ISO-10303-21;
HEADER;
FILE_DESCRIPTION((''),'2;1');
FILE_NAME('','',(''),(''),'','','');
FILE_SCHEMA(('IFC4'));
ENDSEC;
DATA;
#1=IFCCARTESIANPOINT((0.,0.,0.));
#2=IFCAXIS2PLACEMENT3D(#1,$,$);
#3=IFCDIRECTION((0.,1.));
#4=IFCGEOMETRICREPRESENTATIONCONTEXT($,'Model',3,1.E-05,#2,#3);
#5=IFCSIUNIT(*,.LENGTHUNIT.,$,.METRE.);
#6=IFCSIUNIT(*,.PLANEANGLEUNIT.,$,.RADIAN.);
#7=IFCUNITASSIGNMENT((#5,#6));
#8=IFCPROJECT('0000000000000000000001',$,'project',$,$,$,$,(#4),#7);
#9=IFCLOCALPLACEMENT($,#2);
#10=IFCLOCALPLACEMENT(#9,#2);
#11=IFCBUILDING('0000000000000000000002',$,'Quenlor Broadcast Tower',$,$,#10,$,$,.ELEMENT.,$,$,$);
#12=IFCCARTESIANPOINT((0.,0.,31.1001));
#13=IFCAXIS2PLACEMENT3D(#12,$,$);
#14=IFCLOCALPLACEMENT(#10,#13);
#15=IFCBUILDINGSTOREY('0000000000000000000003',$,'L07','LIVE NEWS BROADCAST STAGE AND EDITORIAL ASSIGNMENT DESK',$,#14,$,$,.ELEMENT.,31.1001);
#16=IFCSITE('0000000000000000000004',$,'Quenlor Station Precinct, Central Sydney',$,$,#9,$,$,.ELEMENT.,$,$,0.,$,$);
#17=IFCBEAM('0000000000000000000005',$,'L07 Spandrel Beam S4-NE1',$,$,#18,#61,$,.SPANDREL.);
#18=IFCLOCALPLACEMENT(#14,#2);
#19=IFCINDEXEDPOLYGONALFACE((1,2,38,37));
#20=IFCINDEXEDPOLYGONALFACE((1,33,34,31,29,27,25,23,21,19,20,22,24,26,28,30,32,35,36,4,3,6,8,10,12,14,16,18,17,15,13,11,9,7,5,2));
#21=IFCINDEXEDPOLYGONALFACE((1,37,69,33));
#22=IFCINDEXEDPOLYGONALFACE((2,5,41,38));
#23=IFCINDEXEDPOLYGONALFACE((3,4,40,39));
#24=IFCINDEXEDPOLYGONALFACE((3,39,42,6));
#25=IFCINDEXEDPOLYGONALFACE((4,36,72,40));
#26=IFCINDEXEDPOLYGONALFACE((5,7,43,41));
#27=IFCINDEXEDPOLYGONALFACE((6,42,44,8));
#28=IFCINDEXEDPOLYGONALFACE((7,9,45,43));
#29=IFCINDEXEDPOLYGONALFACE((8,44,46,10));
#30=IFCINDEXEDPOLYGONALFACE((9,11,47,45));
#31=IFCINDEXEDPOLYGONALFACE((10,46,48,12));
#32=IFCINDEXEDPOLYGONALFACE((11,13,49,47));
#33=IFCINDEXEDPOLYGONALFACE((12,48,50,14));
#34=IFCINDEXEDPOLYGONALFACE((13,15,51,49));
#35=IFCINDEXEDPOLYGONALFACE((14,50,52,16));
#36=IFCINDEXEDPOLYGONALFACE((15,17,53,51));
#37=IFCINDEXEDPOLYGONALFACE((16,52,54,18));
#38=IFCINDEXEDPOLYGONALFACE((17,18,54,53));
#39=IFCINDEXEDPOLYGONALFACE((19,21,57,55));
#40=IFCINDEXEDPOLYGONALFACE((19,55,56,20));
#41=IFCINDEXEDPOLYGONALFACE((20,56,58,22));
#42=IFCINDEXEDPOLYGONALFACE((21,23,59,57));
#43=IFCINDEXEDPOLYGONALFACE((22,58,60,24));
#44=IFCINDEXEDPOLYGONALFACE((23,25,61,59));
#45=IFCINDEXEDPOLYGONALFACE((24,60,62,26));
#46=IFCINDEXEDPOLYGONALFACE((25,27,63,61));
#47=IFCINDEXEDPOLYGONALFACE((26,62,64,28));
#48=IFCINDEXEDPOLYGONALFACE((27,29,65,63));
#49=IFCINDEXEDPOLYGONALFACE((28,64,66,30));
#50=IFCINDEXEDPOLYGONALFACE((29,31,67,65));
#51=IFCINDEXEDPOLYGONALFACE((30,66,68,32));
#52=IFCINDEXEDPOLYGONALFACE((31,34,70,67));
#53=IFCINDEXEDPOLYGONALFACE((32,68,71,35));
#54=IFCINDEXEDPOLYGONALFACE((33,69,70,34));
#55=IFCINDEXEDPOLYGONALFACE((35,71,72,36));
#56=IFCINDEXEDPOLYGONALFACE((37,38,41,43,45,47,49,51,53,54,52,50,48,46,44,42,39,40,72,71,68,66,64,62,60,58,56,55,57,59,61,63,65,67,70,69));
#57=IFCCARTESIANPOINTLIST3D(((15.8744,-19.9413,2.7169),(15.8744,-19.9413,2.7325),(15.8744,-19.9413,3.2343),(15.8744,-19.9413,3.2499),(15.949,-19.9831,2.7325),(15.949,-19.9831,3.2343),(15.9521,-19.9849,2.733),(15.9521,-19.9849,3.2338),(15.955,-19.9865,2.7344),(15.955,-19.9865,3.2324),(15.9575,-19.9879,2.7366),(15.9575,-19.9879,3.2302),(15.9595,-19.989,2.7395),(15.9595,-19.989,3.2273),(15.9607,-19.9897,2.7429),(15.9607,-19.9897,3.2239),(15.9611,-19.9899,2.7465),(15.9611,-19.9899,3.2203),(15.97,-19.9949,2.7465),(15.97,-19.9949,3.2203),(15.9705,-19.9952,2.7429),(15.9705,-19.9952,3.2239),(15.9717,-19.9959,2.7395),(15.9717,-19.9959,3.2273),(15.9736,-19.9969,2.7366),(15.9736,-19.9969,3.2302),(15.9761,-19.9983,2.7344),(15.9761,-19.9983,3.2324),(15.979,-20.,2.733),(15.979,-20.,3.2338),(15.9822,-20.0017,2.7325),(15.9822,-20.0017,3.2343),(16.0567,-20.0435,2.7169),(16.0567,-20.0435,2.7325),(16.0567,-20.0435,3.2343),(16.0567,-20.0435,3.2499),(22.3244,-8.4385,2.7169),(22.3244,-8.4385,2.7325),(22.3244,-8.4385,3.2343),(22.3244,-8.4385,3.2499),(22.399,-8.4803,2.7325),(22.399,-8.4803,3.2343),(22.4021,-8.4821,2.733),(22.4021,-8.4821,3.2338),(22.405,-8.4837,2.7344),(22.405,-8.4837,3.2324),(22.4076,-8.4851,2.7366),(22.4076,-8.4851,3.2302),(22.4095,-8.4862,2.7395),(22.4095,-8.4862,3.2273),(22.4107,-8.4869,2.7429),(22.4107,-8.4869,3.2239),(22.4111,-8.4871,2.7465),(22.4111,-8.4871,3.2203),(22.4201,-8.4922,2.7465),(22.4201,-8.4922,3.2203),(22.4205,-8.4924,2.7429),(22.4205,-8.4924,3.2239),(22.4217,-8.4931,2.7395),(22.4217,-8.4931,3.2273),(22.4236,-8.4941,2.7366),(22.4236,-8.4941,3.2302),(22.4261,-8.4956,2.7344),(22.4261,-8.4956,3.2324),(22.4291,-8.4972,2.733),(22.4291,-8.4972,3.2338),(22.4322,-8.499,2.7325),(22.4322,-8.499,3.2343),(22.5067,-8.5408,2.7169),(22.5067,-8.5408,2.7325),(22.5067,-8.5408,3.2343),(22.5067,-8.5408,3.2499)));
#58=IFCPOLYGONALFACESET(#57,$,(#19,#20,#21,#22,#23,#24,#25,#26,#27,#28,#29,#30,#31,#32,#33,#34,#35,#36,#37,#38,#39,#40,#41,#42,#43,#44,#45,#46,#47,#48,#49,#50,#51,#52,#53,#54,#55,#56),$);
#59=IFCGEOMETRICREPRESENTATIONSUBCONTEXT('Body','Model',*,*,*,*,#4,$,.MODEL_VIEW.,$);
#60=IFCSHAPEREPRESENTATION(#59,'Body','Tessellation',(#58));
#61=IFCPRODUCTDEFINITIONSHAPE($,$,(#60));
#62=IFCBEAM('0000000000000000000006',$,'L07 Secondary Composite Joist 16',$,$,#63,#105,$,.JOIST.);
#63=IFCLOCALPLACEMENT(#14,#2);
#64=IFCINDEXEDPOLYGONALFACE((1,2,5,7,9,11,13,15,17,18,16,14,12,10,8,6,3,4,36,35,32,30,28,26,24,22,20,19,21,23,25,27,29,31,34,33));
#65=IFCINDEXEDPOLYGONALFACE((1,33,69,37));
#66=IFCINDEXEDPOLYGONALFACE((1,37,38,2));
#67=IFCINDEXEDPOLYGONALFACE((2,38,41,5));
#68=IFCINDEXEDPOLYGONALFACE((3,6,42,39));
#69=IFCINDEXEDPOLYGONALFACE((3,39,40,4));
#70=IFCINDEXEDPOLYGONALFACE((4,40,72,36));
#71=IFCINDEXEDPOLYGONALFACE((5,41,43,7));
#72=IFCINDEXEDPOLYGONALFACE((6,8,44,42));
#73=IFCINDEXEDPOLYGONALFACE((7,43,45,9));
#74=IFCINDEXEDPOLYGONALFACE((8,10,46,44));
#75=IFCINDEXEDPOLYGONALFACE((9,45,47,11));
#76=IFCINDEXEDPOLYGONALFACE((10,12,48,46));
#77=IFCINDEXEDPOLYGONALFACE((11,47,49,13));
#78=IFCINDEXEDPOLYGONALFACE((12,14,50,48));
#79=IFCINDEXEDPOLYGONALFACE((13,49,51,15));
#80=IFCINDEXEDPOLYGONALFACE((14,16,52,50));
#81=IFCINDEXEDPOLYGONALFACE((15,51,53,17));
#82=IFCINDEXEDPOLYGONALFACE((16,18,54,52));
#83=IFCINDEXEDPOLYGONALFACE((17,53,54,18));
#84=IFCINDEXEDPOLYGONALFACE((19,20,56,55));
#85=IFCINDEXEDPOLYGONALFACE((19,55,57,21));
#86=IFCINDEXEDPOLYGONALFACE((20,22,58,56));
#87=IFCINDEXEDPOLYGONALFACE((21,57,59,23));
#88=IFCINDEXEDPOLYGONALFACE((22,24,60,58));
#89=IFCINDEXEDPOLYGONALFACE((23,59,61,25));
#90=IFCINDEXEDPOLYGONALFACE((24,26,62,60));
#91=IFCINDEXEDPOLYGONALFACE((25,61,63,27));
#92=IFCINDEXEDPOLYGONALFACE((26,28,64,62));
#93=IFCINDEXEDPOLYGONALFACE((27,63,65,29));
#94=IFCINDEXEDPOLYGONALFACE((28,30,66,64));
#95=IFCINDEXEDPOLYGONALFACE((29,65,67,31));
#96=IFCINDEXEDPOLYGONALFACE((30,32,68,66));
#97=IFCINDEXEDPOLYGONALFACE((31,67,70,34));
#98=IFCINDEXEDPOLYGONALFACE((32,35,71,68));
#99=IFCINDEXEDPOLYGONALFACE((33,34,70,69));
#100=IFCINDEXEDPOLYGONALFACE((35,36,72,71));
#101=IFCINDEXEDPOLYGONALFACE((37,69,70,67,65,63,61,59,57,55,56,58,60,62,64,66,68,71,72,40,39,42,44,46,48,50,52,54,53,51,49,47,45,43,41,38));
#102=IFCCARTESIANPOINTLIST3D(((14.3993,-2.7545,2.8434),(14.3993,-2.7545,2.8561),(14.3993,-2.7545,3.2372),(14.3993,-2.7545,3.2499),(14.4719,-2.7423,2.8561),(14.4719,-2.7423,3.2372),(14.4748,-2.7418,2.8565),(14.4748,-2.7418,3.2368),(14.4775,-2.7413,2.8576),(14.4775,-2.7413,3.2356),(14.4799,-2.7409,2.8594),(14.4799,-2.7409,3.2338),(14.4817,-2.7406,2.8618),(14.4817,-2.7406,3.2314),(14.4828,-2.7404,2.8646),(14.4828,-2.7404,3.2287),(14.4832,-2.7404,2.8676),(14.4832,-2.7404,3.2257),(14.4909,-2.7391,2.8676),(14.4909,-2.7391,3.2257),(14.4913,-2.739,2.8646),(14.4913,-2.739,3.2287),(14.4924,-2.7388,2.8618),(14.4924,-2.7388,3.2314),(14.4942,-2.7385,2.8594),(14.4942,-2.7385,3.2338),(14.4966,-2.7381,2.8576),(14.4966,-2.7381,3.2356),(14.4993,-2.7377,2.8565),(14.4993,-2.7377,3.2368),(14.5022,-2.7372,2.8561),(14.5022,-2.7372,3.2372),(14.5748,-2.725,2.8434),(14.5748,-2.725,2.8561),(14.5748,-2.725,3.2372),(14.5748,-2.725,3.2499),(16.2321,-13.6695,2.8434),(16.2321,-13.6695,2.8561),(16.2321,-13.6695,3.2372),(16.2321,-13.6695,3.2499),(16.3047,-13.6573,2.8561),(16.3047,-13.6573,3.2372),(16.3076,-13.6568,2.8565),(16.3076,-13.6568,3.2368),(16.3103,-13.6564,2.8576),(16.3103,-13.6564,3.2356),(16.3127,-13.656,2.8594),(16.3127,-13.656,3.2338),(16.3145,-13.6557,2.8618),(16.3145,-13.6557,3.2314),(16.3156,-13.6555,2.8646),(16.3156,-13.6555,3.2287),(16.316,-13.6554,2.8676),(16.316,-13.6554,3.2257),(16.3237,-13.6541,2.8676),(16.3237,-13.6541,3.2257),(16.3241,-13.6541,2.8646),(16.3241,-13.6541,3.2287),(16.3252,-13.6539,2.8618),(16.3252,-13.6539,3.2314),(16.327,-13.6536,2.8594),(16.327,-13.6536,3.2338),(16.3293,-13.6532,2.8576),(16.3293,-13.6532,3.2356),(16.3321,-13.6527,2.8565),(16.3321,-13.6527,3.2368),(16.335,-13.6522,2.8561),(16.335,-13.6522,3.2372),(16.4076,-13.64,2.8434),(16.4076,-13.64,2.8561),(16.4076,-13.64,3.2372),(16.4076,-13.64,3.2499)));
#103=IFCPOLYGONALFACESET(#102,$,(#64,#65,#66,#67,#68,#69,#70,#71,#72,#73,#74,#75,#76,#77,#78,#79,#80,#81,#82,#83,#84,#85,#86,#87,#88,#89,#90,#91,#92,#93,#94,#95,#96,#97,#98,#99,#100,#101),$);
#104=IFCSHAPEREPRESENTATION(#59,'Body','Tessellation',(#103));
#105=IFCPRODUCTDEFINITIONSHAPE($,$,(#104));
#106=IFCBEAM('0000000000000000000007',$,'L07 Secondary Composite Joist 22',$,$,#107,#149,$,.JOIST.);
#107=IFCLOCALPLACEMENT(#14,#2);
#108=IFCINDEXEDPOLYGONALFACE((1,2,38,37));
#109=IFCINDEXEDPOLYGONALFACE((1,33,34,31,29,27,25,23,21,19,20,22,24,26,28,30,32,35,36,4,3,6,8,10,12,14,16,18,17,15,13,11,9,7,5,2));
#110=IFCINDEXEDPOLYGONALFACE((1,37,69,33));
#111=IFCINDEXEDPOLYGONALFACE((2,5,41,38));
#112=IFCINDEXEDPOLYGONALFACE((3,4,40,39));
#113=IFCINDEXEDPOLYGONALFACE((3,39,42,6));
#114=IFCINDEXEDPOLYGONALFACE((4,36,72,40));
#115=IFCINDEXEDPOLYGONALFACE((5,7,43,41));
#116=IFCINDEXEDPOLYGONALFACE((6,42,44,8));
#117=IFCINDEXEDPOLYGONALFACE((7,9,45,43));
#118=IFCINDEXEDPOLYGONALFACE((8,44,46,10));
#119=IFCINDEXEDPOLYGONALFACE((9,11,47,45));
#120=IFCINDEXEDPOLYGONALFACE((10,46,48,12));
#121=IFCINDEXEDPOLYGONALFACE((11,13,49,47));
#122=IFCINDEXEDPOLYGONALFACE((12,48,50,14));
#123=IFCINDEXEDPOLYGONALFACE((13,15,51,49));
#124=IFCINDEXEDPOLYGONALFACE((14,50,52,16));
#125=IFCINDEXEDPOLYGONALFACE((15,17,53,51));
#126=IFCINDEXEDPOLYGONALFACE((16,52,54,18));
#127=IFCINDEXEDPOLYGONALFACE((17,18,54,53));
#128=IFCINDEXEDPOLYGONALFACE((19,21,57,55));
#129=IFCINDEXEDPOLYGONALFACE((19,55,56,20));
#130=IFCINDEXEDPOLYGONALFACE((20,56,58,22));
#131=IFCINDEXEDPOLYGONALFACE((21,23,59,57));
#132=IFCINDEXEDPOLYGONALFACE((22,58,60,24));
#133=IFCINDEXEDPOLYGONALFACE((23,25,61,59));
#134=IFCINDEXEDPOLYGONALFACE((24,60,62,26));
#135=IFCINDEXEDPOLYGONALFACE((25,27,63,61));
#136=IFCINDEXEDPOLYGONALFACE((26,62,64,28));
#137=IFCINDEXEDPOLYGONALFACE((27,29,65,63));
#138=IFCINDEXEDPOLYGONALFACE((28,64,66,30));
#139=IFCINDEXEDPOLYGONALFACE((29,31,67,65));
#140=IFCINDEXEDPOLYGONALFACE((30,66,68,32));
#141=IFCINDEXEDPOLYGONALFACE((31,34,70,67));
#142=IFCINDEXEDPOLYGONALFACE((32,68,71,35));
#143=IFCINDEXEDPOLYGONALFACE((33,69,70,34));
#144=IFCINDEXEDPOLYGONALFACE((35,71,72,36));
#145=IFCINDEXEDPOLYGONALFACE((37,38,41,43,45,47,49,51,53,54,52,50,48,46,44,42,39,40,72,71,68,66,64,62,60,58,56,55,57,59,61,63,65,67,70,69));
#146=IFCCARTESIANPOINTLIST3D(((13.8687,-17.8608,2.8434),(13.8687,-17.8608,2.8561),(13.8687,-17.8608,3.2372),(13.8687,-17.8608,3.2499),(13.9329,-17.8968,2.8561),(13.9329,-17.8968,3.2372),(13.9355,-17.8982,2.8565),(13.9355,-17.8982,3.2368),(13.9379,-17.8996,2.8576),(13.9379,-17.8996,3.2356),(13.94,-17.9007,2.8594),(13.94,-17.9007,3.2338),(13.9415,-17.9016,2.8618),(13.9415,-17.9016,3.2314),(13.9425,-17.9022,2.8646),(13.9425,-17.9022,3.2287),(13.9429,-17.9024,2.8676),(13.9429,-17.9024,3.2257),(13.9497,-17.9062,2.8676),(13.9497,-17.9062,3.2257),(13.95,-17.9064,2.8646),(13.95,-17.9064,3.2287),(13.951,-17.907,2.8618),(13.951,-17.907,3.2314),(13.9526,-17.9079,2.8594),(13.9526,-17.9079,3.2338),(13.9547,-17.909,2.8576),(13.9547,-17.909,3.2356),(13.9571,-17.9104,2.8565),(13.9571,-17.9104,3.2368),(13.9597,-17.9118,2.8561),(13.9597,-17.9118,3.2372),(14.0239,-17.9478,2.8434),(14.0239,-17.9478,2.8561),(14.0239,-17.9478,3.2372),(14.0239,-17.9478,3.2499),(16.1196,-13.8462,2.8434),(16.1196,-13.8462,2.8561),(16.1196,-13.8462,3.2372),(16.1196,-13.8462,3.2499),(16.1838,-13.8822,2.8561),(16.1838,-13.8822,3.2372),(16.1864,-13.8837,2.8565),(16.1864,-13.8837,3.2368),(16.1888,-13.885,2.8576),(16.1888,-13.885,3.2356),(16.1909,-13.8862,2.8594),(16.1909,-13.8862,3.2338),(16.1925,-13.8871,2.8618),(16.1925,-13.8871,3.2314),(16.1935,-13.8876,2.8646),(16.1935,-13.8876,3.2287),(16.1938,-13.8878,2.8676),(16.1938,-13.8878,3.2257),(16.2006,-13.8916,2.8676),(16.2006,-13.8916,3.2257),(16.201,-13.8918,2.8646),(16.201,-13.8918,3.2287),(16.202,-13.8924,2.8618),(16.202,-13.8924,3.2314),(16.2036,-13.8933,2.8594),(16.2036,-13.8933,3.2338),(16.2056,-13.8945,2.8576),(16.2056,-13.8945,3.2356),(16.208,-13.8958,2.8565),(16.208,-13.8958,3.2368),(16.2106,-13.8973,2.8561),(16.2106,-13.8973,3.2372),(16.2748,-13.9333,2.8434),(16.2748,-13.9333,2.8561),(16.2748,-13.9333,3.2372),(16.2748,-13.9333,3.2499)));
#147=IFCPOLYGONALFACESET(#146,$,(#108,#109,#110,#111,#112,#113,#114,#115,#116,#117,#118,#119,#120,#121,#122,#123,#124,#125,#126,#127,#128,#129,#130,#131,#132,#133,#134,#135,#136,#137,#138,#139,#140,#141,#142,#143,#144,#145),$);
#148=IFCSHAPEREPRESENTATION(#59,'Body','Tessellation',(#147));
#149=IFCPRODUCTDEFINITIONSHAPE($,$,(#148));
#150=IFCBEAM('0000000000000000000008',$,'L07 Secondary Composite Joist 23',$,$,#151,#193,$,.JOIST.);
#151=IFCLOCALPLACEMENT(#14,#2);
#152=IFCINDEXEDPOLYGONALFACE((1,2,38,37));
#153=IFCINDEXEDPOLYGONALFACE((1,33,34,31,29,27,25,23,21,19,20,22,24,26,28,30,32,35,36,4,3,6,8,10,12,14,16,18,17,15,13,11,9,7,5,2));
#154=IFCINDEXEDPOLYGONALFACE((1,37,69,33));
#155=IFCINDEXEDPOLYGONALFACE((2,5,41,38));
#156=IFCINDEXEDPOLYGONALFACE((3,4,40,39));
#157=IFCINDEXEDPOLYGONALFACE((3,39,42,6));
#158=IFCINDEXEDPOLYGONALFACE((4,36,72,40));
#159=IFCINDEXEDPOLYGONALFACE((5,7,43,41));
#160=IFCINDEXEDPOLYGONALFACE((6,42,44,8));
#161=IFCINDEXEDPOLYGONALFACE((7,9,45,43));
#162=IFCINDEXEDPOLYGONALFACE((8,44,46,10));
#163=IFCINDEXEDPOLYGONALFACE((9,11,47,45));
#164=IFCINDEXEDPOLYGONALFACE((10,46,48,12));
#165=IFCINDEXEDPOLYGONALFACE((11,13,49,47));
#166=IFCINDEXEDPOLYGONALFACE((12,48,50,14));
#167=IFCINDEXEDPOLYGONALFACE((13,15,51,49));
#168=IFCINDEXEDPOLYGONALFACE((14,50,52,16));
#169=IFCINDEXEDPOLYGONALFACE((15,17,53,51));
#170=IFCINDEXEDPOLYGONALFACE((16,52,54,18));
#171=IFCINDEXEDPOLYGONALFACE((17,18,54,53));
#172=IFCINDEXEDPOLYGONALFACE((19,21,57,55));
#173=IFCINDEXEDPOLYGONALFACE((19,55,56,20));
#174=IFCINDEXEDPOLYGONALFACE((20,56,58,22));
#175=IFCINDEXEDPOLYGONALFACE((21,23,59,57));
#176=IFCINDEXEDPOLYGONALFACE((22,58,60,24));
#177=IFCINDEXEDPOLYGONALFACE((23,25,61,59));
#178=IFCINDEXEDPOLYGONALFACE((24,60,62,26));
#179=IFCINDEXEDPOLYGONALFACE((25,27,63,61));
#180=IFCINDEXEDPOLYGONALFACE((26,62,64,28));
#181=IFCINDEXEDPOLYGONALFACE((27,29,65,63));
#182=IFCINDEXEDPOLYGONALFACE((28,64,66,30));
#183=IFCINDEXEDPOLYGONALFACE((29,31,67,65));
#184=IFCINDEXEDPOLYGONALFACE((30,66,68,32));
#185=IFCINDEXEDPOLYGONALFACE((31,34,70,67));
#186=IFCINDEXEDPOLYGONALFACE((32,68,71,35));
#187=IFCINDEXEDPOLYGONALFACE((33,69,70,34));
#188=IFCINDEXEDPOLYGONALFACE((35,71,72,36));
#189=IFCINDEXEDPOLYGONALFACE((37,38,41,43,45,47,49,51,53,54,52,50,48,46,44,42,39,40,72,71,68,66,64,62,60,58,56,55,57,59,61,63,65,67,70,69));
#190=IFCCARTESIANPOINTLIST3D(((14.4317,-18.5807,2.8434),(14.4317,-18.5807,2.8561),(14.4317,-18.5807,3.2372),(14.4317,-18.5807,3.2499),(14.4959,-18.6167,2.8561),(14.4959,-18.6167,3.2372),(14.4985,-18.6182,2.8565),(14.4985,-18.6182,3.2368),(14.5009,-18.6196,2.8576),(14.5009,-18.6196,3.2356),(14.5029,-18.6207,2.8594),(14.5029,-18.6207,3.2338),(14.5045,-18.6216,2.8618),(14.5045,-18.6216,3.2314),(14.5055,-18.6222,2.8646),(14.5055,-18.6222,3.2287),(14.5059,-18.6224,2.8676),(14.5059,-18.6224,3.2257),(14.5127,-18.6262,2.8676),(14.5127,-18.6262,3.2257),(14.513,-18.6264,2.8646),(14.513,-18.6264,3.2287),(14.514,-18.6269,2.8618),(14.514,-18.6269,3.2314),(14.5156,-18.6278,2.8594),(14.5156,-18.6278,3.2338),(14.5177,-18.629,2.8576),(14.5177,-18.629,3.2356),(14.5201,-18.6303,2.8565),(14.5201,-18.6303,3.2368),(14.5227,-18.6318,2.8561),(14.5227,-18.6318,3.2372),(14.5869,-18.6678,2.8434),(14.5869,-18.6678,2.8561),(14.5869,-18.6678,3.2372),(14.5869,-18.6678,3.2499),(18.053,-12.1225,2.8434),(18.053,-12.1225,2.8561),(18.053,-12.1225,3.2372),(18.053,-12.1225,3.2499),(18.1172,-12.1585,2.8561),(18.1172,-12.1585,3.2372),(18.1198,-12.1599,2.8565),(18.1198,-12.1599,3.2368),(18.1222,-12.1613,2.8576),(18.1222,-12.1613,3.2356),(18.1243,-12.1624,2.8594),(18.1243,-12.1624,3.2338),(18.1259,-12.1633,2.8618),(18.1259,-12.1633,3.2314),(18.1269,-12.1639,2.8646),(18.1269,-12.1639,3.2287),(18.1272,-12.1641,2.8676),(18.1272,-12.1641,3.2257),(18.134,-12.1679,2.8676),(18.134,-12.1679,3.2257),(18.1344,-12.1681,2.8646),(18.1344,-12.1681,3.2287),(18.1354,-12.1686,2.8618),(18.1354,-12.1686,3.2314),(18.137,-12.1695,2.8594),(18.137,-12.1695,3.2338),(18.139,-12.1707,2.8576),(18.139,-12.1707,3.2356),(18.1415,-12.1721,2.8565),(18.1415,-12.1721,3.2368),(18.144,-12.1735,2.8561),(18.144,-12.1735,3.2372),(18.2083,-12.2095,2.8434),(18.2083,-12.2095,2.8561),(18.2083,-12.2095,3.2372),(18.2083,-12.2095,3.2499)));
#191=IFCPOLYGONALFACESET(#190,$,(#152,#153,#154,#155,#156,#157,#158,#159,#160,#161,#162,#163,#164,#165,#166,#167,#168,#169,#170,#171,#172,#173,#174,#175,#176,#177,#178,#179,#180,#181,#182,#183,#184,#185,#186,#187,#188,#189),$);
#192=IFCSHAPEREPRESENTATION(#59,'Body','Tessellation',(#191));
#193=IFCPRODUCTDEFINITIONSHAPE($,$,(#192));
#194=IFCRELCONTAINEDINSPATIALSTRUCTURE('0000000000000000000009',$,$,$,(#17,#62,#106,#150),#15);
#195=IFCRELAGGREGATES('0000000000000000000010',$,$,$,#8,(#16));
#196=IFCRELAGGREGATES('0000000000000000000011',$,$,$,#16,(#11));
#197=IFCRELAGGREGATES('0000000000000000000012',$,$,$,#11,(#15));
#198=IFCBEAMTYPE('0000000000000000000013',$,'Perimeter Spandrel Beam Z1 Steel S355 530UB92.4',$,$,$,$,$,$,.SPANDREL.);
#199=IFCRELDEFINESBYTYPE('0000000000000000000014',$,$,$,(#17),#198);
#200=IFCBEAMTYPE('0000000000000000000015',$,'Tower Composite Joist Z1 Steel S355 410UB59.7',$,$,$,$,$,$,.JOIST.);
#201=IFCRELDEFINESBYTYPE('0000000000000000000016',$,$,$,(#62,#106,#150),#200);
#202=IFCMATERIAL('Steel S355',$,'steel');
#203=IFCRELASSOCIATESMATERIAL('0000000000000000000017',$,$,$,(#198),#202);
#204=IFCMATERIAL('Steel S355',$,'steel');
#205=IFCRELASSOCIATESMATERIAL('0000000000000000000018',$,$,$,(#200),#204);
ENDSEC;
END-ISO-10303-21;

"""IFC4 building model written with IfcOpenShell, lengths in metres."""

from ifc_helpers import new_model, si_unit, direction, frame, origin, origin_2d, place, context, subcontext, project, spatial, i_section, extrude, material, material_profile, profile_set, type_object, element, save


model = new_model("IFC4")

# Units and contexts
model_context = context("Model", 3, precision=1e-05, world=origin(), true_north=direction((0.0, 1.0)))
body_context = subcontext(model_context, "Body", "Model", "MODEL_VIEW")
ifc_project = project(units=[si_unit("LENGTHUNIT", "METRE"), si_unit("PLANEANGLEUNIT", "RADIAN")], contexts=[model_context])

# Site, building, storey
site_placement = place(None, origin())
site = spatial("IfcSite", under=ifc_project, at=site_placement, Name="Quenlor Station Precinct, Central Sydney", CompositionType="ELEMENT", RefElevation=0.0)
building_placement = place(site_placement, origin())
building = spatial("IfcBuilding", under=site, at=building_placement, Name="Quenlor Broadcast Tower", CompositionType="ELEMENT")
storey_placement = place(building_placement, frame((0.0, 0.0, 31.1001)))
storey = spatial("IfcBuildingStorey", under=building, at=storey_placement, Name="L07", Description="LIVE NEWS BROADCAST STAGE AND EDITORIAL ASSIGNMENT DESK", CompositionType="ELEMENT", Elevation=31.1001)

# Beams
ifc_material_1 = material(Name="Steel S355", Category="steel")
ifc_material_profile_1 = material_profile(ifc_material_1, i_section(OverallWidth=0.209, OverallDepth=0.533, WebThickness=0.0103, FlangeThickness=0.0156, FilletRadius=0.0139, at=origin_2d()))
ifc_profile_set_1 = profile_set([ifc_material_profile_1], Name="Steel S355 530UB92.4")
beam_type_1 = type_object("IfcBeamType", Name="Perimeter Spandrel Beam Z1 Steel S355 530UB92.4", PredefinedType="SPANDREL", material=ifc_profile_set_1)
beam_1_placement = place(storey_placement, frame((15.9656, -19.9924, 2.9834), z_axis=(0.489091, 0.872233, 0.0), x_axis=(-0.872233, 0.489091, 0.0)))
element("IfcBeam", 1, at=beam_1_placement, inside=storey, type_object=beam_type_1, Name="L07 Spandrel Beam S4-NE1", PredefinedType="SPANDREL", context=body_context, shape_type="SweptSolid", body=[
    extrude(i_section(OverallWidth=0.209, OverallDepth=0.533, WebThickness=0.0103, FlangeThickness=0.0156, FilletRadius=0.0139, at=origin_2d()), origin(), (0.0, 0.0, 1.0), 13.1877),
])
ifc_material_2 = material(Name="Steel S355", Category="steel")
ifc_material_profile_2 = material_profile(ifc_material_2, i_section(OverallWidth=0.178, OverallDepth=0.4065, WebThickness=0.0078, FlangeThickness=0.0127, FilletRadius=0.0115, at=origin_2d()))
ifc_profile_set_2 = profile_set([ifc_material_profile_2], Name="Steel S355 410UB59.7")
beam_type_2 = type_object("IfcBeamType", Name="Tower Composite Joist Z1 Steel S355 410UB59.7", PredefinedType="JOIST", material=ifc_profile_set_2)
beam_2_placement = place(storey_placement, frame((16.3198, -13.6548, 3.0466), z_axis=(-0.165594, 0.986194, 0.0), x_axis=(-0.986194, -0.165594, 0.0)))
element("IfcBeam", 2, at=beam_2_placement, inside=storey, type_object=beam_type_2, Name="L07 Secondary Composite Joist 16", PredefinedType="JOIST", context=body_context, shape_type="SweptSolid", body=[
    extrude(i_section(OverallWidth=0.178, OverallDepth=0.4065, WebThickness=0.0078, FlangeThickness=0.0127, FilletRadius=0.0115, at=origin_2d()), origin(), (0.0, 0.0, 1.0), 11.0679),
])
beam_3_placement = place(storey_placement, frame((13.9463, -17.9043, 3.0466), z_axis=(0.489062, 0.872249, 0.0), x_axis=(-0.872249, 0.489062, 0.0)))
element("IfcBeam", 3, at=beam_3_placement, inside=storey, type_object=beam_type_2, Name="L07 Secondary Composite Joist 22", PredefinedType="JOIST", context=body_context, shape_type="SweptSolid", body=[
    extrude(i_section(OverallWidth=0.178, OverallDepth=0.4065, WebThickness=0.0078, FlangeThickness=0.0127, FilletRadius=0.0115, at=origin_2d()), origin(), (0.0, 0.0, 1.0), 4.6025),
])
beam_4_placement = place(storey_placement, frame((14.5093, -18.6243, 3.0466), z_axis=(0.489088, 0.872234, 0.0), x_axis=(-0.872234, 0.489088, 0.0)))
element("IfcBeam", 4, at=beam_4_placement, inside=storey, type_object=beam_type_2, Name="L07 Secondary Composite Joist 23", PredefinedType="JOIST", context=body_context, shape_type="SweptSolid", body=[
    extrude(i_section(OverallWidth=0.178, OverallDepth=0.4065, WebThickness=0.0078, FlangeThickness=0.0127, FilletRadius=0.0115, at=origin_2d()), origin(), (0.0, 0.0, 1.0), 7.4043),
])

save(model, "model.ifc")
